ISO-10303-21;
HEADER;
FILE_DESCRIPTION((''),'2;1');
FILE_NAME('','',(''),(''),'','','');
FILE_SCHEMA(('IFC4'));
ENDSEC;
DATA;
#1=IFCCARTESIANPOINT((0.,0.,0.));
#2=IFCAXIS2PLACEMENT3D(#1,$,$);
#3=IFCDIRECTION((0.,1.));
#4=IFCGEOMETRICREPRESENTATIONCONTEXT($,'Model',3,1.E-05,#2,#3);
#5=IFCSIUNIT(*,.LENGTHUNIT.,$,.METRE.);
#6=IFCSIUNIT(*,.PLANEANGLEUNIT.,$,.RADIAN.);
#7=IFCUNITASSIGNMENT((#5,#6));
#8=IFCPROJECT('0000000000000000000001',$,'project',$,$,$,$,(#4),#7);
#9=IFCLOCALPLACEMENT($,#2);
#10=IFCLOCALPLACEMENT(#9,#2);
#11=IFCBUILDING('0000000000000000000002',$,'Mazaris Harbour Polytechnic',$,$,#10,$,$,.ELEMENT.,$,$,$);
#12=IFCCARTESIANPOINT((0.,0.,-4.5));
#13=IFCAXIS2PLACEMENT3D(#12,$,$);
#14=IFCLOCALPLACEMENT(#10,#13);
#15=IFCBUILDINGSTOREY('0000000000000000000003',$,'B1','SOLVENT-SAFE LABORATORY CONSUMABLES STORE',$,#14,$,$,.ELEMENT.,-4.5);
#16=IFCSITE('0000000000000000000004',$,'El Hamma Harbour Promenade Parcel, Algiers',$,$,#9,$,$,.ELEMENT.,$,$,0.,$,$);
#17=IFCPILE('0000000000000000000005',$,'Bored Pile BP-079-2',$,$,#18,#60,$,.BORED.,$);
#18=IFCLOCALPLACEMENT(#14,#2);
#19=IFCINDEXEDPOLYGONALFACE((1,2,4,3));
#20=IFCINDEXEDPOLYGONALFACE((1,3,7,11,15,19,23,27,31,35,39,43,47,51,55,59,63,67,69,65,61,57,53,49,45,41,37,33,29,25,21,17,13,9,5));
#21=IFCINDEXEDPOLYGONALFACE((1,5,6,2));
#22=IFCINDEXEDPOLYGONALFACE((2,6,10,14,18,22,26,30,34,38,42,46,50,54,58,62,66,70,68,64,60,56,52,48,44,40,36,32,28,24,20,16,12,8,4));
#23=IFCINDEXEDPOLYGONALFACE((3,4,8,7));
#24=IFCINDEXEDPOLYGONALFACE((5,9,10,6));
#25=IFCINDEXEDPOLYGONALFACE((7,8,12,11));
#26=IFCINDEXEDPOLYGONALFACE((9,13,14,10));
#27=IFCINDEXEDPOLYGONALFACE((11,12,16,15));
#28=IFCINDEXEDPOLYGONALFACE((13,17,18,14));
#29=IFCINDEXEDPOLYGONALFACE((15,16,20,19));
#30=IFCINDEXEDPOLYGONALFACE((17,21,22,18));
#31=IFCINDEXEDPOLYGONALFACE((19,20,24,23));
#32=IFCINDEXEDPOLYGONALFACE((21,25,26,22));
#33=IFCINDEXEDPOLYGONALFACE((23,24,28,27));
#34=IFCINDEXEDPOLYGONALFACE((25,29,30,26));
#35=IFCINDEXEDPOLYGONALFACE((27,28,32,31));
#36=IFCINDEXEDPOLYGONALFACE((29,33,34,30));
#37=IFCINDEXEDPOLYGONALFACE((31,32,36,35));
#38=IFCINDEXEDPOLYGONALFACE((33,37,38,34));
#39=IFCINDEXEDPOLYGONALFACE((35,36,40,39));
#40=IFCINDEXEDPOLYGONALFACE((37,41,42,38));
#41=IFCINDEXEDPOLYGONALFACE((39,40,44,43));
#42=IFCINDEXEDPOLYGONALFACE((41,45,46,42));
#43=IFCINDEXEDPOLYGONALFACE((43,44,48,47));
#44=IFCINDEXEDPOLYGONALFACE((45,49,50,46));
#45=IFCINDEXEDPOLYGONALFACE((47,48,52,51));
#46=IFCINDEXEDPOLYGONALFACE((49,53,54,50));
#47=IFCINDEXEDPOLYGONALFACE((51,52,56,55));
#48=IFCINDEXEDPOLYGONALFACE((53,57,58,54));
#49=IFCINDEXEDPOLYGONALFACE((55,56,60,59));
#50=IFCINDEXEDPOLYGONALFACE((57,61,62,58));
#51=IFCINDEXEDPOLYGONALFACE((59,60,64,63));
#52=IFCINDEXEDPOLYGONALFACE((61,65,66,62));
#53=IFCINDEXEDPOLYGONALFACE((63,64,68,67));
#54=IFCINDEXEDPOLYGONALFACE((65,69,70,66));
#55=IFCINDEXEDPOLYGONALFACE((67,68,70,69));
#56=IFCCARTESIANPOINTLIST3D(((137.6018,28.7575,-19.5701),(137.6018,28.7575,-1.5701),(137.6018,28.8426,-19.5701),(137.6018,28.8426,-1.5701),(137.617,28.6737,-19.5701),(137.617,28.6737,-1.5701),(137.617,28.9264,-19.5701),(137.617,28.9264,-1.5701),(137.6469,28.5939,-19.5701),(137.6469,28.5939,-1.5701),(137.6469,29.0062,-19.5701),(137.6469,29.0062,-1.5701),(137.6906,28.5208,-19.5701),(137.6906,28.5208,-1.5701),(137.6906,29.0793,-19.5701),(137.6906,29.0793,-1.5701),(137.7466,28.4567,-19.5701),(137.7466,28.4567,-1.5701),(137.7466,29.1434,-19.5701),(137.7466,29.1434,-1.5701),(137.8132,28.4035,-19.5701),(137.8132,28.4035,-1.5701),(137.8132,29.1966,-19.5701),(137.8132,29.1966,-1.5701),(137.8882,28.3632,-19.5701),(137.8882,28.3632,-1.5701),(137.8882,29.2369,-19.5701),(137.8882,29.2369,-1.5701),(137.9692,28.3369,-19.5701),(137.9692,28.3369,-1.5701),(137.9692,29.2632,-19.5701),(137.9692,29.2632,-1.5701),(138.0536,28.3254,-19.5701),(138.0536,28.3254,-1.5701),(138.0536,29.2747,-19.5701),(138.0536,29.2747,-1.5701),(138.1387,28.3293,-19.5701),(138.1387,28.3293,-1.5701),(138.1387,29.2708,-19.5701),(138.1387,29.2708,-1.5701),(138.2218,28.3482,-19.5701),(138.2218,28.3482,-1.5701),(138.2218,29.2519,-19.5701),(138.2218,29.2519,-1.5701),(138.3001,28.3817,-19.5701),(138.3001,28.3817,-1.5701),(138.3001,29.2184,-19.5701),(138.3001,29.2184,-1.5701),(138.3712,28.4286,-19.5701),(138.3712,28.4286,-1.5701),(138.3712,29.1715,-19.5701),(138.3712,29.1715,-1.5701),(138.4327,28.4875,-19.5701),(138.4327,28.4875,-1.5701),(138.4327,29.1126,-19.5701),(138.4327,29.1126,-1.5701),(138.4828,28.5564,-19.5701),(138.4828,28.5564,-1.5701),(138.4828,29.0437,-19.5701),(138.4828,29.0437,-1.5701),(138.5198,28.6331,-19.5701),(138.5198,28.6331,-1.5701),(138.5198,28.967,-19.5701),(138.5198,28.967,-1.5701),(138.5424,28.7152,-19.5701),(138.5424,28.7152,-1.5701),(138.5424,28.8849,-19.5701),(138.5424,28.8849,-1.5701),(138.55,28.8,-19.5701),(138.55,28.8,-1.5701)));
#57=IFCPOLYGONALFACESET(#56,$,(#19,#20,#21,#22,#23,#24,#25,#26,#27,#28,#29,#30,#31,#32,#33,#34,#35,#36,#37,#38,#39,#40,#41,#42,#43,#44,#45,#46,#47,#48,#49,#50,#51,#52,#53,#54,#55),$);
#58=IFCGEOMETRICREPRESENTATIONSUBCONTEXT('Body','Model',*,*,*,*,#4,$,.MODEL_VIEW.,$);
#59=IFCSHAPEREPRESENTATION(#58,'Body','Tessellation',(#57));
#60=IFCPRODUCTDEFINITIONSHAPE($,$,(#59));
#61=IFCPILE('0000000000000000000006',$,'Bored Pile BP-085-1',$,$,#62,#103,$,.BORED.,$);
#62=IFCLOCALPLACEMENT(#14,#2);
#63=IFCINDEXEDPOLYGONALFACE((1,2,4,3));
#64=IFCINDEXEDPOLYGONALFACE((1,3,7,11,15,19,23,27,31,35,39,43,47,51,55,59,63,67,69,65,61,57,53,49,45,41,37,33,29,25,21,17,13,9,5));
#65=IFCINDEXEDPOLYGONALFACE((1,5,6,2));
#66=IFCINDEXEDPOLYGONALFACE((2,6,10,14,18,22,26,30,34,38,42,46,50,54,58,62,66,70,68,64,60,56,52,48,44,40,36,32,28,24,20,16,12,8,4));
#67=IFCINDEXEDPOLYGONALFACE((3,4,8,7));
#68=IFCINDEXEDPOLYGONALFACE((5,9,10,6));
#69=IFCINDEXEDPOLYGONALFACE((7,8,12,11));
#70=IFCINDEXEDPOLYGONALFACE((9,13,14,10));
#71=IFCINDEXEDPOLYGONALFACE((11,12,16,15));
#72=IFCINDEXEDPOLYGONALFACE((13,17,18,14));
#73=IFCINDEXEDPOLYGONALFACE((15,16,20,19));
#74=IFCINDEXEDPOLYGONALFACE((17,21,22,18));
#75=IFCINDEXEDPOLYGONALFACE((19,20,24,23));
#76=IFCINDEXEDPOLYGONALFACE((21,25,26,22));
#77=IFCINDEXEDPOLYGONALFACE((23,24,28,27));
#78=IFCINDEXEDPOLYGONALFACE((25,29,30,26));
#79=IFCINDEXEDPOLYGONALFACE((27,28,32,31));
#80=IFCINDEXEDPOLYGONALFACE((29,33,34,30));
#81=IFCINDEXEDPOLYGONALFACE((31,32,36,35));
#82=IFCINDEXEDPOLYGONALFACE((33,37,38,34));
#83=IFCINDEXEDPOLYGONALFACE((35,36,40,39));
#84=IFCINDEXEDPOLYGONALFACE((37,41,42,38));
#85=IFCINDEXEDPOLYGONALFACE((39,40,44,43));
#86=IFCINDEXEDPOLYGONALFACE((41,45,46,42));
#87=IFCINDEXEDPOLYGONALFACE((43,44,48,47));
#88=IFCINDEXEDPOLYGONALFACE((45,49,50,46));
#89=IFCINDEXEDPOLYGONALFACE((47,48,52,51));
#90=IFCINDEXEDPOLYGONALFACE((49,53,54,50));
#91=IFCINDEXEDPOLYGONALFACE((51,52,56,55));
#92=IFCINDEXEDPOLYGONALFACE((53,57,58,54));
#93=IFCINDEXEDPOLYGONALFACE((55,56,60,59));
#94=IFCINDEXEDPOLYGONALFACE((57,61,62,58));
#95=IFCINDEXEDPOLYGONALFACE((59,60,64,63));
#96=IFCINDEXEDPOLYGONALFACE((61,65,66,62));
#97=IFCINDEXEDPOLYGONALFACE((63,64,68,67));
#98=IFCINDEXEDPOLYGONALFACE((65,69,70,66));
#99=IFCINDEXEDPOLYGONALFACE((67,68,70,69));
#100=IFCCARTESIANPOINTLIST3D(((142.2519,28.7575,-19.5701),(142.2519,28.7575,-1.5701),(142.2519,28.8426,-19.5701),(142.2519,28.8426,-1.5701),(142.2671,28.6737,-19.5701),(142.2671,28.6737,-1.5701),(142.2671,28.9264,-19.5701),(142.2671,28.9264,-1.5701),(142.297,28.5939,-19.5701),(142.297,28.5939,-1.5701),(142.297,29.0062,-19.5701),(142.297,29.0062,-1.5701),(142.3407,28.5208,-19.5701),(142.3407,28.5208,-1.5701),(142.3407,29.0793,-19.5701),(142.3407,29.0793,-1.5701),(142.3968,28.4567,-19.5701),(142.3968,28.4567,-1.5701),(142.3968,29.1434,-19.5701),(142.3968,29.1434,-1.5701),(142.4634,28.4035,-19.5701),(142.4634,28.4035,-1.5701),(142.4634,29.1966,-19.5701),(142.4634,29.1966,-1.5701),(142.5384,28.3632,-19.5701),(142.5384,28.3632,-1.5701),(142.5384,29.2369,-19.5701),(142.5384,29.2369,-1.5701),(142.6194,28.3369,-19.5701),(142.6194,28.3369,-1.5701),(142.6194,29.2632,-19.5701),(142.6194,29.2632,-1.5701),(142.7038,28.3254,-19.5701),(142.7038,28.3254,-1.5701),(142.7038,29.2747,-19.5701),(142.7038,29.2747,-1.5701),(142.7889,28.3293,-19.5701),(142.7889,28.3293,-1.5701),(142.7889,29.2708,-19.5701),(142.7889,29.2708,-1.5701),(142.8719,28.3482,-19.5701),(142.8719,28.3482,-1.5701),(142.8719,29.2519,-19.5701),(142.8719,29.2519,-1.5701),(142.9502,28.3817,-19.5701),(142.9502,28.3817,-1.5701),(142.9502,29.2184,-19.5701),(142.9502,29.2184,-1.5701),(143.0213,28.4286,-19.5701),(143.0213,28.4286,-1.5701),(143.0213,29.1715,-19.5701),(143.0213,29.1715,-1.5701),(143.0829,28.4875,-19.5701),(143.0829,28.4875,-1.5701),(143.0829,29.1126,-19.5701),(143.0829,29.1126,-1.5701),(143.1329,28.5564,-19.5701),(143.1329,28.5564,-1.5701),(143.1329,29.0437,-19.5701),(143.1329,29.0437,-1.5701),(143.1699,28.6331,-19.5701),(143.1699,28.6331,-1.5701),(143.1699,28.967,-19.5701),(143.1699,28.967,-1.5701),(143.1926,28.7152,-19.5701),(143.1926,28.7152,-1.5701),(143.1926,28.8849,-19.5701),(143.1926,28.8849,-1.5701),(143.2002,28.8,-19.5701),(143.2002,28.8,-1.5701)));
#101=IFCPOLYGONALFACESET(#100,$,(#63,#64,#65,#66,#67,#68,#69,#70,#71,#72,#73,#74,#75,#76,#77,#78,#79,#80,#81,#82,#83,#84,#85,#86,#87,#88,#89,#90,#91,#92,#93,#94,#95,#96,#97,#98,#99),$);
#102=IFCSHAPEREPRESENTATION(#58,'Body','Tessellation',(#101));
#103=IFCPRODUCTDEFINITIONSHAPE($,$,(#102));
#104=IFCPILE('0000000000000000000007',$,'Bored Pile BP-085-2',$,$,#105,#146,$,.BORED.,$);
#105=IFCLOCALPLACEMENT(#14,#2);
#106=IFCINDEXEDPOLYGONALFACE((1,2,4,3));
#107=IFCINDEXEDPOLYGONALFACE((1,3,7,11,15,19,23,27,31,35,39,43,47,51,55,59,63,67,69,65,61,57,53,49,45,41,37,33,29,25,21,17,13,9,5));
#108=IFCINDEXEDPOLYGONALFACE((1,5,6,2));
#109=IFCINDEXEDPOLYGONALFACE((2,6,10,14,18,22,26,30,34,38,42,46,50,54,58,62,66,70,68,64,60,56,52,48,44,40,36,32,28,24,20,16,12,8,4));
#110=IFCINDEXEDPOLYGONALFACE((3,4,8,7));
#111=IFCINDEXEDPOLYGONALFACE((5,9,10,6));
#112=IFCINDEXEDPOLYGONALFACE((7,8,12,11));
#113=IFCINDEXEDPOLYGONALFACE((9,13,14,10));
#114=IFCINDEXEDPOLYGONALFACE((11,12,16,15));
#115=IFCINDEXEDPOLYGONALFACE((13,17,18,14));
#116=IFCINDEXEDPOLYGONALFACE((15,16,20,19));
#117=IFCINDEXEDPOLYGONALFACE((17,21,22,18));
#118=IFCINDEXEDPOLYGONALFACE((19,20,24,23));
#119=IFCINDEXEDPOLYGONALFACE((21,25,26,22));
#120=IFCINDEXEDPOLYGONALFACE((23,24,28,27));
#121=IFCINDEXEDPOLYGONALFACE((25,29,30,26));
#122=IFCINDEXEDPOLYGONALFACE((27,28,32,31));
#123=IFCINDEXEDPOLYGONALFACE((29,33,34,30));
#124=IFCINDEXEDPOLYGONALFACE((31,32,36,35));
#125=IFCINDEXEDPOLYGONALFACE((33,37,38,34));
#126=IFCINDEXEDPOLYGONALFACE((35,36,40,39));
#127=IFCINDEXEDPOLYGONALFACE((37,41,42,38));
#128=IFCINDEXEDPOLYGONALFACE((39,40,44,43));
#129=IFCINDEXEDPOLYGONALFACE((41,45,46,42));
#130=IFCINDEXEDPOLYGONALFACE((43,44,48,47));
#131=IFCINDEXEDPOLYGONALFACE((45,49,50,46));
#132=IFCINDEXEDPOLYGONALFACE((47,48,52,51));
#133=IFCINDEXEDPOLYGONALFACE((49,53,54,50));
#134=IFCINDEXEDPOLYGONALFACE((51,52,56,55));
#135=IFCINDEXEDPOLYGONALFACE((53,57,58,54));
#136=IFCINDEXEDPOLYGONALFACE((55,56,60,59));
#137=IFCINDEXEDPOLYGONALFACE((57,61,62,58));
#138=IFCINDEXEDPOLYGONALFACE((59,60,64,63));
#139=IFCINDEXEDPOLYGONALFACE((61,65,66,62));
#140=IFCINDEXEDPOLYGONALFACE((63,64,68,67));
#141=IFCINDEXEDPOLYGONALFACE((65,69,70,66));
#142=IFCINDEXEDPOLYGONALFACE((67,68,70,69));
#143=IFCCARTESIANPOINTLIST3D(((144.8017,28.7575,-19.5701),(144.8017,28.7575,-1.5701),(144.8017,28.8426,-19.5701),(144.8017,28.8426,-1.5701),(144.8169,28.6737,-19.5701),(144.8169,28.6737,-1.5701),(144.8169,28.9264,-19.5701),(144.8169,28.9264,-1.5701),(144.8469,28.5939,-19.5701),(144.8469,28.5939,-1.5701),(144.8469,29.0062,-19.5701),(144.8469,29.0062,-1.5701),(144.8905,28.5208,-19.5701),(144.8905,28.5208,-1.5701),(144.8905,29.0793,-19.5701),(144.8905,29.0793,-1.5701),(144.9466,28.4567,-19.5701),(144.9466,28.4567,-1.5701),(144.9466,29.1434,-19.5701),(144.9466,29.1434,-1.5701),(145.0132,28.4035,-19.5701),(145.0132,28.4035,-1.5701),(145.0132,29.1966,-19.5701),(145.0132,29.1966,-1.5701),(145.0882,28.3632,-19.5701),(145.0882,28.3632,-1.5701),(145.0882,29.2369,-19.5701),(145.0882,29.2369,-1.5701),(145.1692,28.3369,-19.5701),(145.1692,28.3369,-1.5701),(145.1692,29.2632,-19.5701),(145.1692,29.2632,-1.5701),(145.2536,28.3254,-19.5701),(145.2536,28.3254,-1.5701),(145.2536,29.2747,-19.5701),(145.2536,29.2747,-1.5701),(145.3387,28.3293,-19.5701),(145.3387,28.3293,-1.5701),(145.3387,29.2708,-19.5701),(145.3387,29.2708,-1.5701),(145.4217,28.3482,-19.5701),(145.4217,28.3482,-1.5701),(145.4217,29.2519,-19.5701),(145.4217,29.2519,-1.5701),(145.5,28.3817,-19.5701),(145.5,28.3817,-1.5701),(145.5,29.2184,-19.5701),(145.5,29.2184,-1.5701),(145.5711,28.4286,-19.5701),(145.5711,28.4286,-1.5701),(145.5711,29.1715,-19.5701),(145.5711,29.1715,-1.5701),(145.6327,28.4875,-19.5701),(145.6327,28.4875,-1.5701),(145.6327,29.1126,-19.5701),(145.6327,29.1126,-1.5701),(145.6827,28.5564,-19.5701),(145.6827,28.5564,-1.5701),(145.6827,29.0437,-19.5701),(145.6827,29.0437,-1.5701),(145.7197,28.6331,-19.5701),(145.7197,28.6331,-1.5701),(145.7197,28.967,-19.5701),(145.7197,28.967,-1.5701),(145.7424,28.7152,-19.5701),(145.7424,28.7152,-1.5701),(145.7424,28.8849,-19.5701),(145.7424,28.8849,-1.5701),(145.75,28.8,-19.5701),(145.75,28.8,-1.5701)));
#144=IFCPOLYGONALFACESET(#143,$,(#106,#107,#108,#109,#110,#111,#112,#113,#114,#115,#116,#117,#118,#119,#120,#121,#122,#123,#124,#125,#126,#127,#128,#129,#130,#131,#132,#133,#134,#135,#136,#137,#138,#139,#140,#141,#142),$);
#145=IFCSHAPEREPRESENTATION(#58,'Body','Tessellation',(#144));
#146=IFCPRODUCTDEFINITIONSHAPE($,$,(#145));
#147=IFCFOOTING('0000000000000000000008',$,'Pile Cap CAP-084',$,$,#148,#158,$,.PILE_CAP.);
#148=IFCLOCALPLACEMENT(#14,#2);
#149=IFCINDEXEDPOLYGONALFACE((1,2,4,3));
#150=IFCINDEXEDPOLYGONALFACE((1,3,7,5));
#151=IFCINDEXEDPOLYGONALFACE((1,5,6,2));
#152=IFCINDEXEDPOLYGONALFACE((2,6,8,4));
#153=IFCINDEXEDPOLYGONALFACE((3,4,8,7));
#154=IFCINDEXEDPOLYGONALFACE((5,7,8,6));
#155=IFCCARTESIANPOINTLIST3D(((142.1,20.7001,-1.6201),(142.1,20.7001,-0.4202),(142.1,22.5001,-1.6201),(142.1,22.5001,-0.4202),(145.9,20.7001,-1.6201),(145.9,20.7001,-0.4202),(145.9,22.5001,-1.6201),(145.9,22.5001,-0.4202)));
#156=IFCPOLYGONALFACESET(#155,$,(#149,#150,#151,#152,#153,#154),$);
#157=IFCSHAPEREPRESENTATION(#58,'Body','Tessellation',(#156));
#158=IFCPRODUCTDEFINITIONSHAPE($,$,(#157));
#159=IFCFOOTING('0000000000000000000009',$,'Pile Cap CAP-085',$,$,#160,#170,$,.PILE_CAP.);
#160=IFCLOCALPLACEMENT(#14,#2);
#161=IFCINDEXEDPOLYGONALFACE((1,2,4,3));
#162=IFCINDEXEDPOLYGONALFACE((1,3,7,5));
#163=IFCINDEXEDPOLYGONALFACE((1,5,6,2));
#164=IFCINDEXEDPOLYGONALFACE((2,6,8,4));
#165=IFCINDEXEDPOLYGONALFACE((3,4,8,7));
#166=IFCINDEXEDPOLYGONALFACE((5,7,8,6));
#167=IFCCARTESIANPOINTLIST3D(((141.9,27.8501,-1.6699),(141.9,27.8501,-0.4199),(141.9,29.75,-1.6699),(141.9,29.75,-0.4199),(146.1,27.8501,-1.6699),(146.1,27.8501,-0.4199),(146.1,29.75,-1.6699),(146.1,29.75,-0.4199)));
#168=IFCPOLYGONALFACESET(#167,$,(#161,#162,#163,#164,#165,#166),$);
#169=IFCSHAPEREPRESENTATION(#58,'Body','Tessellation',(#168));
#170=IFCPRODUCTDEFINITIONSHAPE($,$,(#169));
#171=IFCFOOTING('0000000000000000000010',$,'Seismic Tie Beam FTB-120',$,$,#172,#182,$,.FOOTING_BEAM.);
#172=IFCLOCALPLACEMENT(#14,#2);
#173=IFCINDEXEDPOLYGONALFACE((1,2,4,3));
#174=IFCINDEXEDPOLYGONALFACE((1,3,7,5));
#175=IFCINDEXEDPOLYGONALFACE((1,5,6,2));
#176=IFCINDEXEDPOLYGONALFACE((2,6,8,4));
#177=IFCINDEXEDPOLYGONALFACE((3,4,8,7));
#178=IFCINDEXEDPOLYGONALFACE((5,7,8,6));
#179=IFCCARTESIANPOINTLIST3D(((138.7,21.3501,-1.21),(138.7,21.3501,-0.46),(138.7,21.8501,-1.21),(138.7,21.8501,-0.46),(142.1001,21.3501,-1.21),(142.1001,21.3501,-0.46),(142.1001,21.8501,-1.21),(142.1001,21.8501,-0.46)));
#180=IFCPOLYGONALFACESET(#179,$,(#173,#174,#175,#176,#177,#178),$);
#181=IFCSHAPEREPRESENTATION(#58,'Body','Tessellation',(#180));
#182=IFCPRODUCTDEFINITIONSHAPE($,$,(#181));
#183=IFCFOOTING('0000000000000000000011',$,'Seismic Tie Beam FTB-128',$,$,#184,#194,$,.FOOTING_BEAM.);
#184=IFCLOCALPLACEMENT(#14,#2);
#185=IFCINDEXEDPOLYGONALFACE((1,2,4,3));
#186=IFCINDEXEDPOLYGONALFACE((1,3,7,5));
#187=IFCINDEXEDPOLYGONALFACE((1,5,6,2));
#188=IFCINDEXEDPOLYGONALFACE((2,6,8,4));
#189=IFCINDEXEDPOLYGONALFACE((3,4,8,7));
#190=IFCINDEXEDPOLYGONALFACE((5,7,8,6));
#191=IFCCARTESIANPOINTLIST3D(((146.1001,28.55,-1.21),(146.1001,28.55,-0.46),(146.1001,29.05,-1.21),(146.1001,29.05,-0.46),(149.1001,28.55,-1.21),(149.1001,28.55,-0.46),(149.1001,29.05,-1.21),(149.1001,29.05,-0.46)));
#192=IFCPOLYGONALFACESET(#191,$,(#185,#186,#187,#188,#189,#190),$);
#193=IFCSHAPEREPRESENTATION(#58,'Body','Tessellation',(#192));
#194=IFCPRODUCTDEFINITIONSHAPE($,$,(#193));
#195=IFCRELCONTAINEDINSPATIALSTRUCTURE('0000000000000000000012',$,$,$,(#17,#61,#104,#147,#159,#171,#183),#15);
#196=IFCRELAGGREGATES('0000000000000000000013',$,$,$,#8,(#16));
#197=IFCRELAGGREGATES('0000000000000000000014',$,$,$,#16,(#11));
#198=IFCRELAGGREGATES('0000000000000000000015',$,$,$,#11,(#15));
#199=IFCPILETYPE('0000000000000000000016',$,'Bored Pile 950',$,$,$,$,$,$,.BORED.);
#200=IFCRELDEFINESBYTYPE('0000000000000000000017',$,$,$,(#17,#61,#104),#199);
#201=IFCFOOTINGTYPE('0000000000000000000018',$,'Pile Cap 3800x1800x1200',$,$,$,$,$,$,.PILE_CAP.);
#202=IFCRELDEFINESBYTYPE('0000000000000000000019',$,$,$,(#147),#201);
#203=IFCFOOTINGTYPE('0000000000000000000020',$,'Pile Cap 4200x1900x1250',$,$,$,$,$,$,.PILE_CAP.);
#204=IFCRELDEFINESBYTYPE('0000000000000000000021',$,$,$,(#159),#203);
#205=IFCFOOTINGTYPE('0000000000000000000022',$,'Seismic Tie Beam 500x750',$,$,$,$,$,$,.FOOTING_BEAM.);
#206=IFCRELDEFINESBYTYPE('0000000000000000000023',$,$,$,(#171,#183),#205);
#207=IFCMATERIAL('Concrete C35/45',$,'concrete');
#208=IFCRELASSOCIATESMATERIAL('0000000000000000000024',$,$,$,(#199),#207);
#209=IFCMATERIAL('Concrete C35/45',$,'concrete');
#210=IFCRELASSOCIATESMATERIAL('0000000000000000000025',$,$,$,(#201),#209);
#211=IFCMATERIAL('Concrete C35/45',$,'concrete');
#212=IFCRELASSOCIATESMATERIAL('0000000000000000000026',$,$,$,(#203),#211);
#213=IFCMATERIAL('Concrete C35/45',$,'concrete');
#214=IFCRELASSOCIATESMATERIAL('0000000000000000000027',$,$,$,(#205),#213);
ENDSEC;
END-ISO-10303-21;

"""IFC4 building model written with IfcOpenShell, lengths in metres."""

from ifc_helpers import new_model, si_unit, direction, frame, origin, origin_2d, place, context, subcontext, project, spatial, rectangle, circle, extrude, material, material_profile, profile_set, type_object, element, save


model = new_model("IFC4")

# Units and contexts
model_context = context("Model", 3, precision=1e-05, world=origin(), true_north=direction((0.0, 1.0)))
body_context = subcontext(model_context, "Body", "Model", "MODEL_VIEW")
ifc_project = project(units=[si_unit("LENGTHUNIT", "METRE"), si_unit("PLANEANGLEUNIT", "RADIAN")], contexts=[model_context])

# Site, building, storey
site_placement = place(None, origin())
site = spatial("IfcSite", under=ifc_project, at=site_placement, Name="El Hamma Harbour Promenade Parcel, Algiers", CompositionType="ELEMENT", RefElevation=0.0)
building_placement = place(site_placement, origin())
building = spatial("IfcBuilding", under=site, at=building_placement, Name="Mazaris Harbour Polytechnic", CompositionType="ELEMENT")
storey_placement = place(building_placement, frame((0.0, 0.0, -4.5)))
storey = spatial("IfcBuildingStorey", under=building, at=storey_placement, Name="B1", Description="SOLVENT-SAFE LABORATORY CONSUMABLES STORE", CompositionType="ELEMENT", Elevation=-4.5)

# Piles
ifc_material_1 = material(Name="Concrete C35/45", Category="concrete")
ifc_material_profile_1 = material_profile(ifc_material_1, circle(Radius=0.4751, at=origin_2d()), Name="DIA950")
ifc_profile_set_1 = profile_set([ifc_material_profile_1], Name="Concrete C35/45")
pile_type_1 = type_object("IfcPileType", Name="Bored Pile 950", PredefinedType="BORED", material=ifc_profile_set_1)
for number, where, z_axis, x_axis, name in (
    (1, (138.075, 28.8, -1.5701), (0.0, 0.0, -1.0), (1.0, 0.0, 0.0), "Bored Pile BP-079-2"),
    (2, (142.7251, 28.8, -1.5701), (0.0, 0.0, -1.0), (1.0, 0.0, 0.0), "Bored Pile BP-085-1"),
    (3, (145.2749, 28.8, -1.5701), (0.0, 0.0, -1.0), (1.0, 0.0, 0.0), "Bored Pile BP-085-2"),
):
    element("IfcPile", number, at=place(storey_placement, frame(where, z_axis=z_axis, x_axis=x_axis)), inside=storey, type_object=pile_type_1, Name=name, PredefinedType="BORED", context=body_context, shape_type="SweptSolid", body=[
        extrude(circle(Radius=0.4751, at=origin_2d()), origin(), (0.0, 0.0, 1.0), 18.0),
    ])

# Footings
ifc_material_2 = material(Name="Concrete C35/45", Category="concrete")
footing_type_1 = type_object("IfcFootingType", Name="Pile Cap 3800x1800x1200", PredefinedType="PILE_CAP", material=ifc_material_2)
footing_1_placement = place(storey_placement, frame((144.0, 21.6001, -1.6201), z_axis=(0.0, 0.0, 1.0), x_axis=(1.0, 0.0, 0.0)))
element("IfcFooting", 4, at=footing_1_placement, inside=storey, type_object=footing_type_1, Name="Pile Cap CAP-084", PredefinedType="PILE_CAP", context=body_context, shape_type="SweptSolid", body=[
    extrude(rectangle(XDim=3.8, YDim=1.8, at=origin_2d()), origin(), (0.0, 0.0, 1.0), 1.2),
])
ifc_material_3 = material(Name="Concrete C35/45", Category="concrete")
footing_type_2 = type_object("IfcFootingType", Name="Pile Cap 4200x1900x1250", PredefinedType="PILE_CAP", material=ifc_material_3)
footing_2_placement = place(storey_placement, frame((144.0, 28.8, -1.6699), z_axis=(0.0, 0.0, 1.0), x_axis=(1.0, 0.0, 0.0)))
element("IfcFooting", 5, at=footing_2_placement, inside=storey, type_object=footing_type_2, Name="Pile Cap CAP-085", PredefinedType="PILE_CAP", context=body_context, shape_type="SweptSolid", body=[
    extrude(rectangle(XDim=4.2, YDim=1.8999, at=origin_2d()), origin(), (0.0, 0.0, 1.0), 1.25),
])
ifc_material_4 = material(Name="Concrete C35/45", Category="concrete")
ifc_material_profile_2 = material_profile(ifc_material_4, rectangle(XDim=0.5, YDim=0.75, at=origin_2d()), Name="RECT500x750")
ifc_profile_set_2 = profile_set([ifc_material_profile_2], Name="Concrete C35/45")
footing_type_3 = type_object("IfcFootingType", Name="Seismic Tie Beam 500x750", PredefinedType="FOOTING_BEAM", material=ifc_profile_set_2)
footing_3_placement = place(storey_placement, frame((138.7, 21.6001, -0.835), z_axis=(1.0, 0.0, 0.0), x_axis=(0.0, 1.0, 0.0)))
element("IfcFooting", 6, at=footing_3_placement, inside=storey, type_object=footing_type_3, Name="Seismic Tie Beam FTB-120", PredefinedType="FOOTING_BEAM", context=body_context, shape_type="SweptSolid", body=[
    extrude(rectangle(XDim=0.5, YDim=0.75, at=origin_2d()), origin(), (0.0, 0.0, 1.0), 3.4001),
])
footing_4_placement = place(storey_placement, frame((146.1001, 28.8, -0.835), z_axis=(1.0, 0.0, 0.0), x_axis=(0.0, 1.0, 0.0)))
element("IfcFooting", 7, at=footing_4_placement, inside=storey, type_object=footing_type_3, Name="Seismic Tie Beam FTB-128", PredefinedType="FOOTING_BEAM", context=body_context, shape_type="SweptSolid", body=[
    extrude(rectangle(XDim=0.5, YDim=0.75, at=origin_2d()), origin(), (0.0, 0.0, 1.0), 3.0),
])

save(model, "model.ifc")
